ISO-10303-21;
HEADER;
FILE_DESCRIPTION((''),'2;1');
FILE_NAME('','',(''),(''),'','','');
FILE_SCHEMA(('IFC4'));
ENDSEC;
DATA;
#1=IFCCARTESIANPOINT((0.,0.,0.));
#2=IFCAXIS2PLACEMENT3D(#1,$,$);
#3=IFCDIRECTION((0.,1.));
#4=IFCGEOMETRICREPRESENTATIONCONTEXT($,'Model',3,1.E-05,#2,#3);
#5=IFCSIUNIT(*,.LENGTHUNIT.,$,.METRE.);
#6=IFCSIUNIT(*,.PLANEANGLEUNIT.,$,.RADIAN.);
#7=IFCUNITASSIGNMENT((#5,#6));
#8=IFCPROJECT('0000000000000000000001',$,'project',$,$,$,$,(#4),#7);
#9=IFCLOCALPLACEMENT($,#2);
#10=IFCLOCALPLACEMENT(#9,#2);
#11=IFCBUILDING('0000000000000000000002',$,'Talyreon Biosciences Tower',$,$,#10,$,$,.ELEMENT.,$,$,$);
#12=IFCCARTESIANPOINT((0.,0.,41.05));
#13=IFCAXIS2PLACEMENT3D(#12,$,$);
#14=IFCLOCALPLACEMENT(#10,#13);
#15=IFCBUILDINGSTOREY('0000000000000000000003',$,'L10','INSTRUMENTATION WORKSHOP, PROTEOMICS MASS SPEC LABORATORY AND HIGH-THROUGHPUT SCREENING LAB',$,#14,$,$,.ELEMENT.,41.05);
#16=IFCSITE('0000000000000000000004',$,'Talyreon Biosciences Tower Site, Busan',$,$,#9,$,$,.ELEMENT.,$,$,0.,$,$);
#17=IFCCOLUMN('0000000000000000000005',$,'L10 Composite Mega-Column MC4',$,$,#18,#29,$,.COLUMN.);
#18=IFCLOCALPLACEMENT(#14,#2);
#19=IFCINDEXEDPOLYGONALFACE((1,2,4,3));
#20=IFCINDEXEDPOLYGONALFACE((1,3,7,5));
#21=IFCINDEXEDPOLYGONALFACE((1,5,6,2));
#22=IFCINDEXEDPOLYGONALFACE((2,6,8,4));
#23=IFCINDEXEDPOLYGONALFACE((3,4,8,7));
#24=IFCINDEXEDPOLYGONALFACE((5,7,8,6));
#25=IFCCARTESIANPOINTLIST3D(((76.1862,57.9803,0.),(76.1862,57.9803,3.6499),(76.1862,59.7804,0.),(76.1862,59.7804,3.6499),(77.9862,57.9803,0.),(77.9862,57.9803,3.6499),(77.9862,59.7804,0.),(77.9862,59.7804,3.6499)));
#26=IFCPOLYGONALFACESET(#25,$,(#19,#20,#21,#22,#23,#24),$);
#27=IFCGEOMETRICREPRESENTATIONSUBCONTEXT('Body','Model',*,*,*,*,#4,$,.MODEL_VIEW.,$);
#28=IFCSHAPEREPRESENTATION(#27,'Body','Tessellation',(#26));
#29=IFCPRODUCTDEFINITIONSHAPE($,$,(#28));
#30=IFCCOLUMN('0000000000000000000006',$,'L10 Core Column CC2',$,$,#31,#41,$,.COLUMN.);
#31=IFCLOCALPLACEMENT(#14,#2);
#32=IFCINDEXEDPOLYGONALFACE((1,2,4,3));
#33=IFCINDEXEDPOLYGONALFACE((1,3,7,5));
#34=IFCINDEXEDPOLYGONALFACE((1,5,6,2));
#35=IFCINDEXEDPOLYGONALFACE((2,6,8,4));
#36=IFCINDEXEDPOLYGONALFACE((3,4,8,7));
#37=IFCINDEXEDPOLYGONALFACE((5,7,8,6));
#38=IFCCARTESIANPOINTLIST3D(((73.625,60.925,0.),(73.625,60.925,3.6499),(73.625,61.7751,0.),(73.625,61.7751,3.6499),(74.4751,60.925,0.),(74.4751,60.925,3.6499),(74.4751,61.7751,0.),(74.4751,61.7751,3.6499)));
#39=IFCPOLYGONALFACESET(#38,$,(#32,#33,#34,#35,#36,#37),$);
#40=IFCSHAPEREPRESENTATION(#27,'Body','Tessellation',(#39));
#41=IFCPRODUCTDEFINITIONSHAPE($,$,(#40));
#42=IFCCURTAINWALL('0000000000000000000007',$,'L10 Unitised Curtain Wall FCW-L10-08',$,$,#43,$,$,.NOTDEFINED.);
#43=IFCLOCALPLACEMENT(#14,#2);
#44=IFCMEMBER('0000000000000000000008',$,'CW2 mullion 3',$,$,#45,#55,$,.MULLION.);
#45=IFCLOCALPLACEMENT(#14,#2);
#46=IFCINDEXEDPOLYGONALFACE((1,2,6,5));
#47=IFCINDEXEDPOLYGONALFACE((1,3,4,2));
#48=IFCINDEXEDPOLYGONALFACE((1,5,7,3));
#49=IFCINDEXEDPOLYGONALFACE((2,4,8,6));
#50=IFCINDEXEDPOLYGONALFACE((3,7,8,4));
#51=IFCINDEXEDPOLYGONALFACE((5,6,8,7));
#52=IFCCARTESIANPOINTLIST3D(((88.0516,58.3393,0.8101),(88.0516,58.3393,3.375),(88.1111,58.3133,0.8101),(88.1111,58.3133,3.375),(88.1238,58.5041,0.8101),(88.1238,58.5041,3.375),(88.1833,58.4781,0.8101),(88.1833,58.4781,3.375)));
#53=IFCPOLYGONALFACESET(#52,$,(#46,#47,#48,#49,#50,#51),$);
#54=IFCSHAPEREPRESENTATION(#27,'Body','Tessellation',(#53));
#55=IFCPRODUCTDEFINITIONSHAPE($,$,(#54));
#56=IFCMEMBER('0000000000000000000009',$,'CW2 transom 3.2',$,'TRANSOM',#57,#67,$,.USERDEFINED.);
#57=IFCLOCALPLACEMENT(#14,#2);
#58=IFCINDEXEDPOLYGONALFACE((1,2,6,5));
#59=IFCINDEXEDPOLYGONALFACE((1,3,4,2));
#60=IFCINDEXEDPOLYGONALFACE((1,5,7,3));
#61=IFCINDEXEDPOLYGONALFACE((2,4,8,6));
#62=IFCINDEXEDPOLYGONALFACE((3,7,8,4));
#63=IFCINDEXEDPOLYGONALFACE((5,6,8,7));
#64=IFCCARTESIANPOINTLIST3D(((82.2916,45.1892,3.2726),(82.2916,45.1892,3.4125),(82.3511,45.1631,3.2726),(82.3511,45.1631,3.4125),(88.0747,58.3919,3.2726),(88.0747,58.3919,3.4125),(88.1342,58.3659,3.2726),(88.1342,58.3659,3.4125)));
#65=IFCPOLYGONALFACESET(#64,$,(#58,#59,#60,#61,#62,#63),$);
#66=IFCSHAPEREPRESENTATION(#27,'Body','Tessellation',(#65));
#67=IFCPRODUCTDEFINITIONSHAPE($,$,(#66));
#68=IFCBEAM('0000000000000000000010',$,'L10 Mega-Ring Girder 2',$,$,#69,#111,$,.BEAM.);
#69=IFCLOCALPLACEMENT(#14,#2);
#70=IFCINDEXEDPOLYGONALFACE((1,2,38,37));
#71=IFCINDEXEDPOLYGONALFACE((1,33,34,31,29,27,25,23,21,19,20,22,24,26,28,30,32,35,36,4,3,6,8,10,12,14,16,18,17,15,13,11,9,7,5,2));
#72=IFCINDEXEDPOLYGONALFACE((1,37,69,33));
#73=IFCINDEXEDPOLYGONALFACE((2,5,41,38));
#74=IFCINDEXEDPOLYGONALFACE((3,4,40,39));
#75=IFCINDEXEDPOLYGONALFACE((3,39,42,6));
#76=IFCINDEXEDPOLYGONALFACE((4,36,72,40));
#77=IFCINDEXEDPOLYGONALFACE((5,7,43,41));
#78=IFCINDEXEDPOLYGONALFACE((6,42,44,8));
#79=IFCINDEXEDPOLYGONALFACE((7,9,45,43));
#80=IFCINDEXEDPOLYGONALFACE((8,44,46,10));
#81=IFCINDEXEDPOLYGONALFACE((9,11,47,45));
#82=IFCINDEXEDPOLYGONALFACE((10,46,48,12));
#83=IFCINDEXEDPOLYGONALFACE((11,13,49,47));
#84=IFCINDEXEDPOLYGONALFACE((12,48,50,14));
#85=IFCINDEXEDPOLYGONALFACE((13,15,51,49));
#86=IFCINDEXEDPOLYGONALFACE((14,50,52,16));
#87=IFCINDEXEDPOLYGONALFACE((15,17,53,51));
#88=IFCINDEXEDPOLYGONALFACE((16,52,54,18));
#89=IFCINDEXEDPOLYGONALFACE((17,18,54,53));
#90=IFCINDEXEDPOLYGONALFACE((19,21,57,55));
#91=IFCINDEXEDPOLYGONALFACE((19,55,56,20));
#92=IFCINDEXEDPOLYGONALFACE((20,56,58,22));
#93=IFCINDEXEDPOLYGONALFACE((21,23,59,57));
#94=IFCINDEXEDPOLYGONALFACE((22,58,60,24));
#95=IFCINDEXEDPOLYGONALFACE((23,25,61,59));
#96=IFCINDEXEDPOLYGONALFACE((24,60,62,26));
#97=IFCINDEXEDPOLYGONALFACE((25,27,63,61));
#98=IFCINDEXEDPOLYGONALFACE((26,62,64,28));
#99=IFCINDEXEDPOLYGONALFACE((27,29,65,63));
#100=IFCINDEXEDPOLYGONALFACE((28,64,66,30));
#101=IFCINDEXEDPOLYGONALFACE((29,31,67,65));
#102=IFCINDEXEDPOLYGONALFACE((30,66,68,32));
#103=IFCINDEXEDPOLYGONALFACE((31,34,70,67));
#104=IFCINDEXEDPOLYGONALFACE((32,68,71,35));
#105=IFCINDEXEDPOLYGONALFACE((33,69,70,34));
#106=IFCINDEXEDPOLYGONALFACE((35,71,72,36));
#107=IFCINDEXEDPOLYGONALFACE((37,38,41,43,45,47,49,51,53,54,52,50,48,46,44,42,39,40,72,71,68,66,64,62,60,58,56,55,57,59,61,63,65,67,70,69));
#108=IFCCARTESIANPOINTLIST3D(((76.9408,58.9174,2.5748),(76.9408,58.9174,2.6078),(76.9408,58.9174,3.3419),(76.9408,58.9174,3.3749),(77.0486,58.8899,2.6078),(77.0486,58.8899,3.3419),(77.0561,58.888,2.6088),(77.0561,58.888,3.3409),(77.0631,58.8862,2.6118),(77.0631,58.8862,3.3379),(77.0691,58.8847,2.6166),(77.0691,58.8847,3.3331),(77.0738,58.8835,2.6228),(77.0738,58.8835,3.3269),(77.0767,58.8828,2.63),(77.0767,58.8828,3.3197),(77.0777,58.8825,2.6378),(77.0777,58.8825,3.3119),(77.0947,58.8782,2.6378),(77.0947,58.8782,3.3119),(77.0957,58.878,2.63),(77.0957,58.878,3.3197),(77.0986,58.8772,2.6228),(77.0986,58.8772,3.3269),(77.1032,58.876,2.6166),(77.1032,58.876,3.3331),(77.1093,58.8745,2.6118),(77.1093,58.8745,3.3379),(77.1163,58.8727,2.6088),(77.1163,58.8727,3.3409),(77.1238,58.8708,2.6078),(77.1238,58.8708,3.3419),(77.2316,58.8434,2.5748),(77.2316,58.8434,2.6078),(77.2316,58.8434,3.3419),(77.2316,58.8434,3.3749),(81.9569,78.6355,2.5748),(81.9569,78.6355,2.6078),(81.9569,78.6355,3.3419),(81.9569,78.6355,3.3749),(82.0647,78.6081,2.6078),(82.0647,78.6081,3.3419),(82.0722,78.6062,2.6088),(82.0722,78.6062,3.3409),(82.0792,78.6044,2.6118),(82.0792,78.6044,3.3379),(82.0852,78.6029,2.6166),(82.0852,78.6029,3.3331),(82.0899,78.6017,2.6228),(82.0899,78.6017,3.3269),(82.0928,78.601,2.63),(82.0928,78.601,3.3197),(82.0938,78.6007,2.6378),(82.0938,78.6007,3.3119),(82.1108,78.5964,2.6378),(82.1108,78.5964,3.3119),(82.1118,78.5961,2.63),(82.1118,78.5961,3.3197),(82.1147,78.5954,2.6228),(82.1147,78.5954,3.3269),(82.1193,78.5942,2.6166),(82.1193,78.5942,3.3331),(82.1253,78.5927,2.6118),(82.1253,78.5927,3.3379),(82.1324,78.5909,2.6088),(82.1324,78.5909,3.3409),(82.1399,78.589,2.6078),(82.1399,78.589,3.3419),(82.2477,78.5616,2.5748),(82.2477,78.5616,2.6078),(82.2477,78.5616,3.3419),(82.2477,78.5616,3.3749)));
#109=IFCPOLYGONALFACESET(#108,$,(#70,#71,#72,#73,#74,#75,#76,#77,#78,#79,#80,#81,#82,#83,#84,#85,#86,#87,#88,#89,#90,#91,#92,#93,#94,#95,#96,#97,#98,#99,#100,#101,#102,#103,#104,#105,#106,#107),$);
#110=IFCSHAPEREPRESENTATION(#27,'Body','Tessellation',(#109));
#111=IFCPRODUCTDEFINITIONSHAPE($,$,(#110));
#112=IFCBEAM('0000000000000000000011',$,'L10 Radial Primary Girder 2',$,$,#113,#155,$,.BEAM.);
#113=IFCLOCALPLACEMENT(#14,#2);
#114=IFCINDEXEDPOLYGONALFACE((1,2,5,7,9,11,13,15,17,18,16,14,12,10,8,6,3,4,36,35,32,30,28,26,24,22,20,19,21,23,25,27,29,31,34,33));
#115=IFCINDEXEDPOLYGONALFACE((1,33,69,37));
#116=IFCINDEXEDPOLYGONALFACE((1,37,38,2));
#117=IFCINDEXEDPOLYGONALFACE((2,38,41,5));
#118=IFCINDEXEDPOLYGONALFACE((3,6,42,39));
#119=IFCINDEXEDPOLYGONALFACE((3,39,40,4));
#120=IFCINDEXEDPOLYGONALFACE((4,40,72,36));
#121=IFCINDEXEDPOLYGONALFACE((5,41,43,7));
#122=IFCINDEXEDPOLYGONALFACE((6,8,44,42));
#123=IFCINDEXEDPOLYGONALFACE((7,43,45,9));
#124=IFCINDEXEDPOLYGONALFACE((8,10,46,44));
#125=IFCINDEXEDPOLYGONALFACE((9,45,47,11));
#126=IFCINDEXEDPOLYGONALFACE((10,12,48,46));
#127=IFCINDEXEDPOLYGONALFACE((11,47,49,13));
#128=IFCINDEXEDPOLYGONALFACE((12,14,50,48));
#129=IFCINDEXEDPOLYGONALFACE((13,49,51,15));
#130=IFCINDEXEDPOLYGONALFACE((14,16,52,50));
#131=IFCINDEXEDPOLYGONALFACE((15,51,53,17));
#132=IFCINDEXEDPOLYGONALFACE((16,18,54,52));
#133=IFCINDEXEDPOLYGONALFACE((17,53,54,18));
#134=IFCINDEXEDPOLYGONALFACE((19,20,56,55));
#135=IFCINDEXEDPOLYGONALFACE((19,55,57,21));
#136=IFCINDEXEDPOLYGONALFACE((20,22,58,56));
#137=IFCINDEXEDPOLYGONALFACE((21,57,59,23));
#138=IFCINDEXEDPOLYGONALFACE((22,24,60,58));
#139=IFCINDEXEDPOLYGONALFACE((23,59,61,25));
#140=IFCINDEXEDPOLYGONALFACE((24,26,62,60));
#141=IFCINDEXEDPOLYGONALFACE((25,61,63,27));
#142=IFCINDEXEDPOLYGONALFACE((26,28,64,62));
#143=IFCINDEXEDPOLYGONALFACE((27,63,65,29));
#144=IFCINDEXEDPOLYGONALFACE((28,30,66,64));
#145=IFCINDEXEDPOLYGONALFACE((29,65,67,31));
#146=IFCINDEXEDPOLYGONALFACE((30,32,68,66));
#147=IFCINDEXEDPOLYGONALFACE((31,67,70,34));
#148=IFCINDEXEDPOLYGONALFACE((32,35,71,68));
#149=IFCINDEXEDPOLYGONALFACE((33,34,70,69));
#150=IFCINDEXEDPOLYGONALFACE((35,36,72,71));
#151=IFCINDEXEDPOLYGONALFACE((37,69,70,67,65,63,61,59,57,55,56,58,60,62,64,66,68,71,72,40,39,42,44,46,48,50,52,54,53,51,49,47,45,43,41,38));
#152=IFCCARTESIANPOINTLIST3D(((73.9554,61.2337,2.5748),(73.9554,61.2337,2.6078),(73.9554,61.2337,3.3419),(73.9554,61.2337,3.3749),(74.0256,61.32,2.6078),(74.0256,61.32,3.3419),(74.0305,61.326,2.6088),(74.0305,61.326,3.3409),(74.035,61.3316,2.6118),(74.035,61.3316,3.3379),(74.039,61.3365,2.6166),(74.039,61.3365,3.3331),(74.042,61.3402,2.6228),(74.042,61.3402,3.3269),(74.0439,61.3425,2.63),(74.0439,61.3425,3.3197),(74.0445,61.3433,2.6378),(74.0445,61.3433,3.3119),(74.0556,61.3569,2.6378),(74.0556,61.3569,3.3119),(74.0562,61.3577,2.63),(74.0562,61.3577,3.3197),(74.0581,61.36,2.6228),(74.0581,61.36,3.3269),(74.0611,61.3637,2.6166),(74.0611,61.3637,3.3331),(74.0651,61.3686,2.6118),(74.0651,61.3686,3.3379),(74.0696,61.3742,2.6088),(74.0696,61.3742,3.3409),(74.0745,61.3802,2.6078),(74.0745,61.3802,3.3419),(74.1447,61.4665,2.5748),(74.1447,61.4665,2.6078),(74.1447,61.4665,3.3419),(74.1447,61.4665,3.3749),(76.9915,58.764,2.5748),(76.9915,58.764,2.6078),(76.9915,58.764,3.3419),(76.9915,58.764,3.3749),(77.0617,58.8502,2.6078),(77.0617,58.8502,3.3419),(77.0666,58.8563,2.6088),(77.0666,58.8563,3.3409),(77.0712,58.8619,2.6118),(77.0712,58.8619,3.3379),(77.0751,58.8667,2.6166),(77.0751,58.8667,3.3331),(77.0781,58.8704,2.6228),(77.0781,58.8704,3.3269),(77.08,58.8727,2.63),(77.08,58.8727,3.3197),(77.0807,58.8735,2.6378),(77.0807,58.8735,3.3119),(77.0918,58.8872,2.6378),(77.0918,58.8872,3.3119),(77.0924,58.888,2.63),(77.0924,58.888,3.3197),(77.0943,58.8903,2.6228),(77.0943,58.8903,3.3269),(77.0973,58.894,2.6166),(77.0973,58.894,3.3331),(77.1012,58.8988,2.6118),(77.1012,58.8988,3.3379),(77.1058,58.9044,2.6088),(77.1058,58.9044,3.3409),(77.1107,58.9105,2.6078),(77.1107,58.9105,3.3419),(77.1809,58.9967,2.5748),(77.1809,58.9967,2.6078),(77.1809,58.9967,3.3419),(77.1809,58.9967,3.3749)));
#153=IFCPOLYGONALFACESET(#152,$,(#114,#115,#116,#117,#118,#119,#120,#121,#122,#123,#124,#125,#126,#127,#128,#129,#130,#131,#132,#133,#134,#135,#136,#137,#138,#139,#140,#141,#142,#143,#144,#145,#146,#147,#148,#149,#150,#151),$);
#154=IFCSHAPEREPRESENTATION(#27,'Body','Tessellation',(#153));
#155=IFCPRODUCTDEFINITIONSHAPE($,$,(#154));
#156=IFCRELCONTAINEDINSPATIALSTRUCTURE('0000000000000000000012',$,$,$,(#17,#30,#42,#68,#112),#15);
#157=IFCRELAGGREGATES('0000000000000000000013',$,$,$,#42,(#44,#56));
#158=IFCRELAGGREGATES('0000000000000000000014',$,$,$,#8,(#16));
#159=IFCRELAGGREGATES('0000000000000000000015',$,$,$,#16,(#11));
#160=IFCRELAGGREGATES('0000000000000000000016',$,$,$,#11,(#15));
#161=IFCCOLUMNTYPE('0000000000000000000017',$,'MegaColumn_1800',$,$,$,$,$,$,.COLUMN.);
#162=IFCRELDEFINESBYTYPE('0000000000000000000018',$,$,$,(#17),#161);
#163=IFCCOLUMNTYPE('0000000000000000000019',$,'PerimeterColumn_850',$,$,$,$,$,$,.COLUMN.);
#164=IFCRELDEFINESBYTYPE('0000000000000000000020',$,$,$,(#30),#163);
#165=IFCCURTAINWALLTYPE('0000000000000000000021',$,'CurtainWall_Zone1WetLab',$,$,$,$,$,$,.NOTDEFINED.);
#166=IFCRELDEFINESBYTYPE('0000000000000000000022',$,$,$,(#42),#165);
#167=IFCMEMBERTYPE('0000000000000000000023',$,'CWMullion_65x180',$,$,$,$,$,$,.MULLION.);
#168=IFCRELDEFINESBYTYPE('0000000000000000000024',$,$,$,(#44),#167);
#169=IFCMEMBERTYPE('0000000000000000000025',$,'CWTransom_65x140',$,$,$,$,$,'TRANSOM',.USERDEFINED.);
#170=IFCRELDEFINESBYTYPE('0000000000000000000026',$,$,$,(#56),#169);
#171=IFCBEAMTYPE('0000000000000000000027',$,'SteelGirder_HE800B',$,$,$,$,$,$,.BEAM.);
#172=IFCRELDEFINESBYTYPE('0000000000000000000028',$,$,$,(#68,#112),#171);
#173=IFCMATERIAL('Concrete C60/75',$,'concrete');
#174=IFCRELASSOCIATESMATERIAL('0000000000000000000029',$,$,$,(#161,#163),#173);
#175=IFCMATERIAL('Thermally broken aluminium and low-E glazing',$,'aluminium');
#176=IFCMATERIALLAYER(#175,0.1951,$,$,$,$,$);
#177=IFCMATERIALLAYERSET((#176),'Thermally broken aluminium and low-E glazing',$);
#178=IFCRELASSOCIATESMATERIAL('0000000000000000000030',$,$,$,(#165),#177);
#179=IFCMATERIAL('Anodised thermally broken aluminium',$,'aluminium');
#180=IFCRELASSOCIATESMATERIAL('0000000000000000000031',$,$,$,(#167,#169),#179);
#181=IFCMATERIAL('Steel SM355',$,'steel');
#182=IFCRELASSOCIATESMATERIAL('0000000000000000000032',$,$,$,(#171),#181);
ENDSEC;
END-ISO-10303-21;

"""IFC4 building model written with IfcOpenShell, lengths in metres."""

from ifc_helpers import new_model, si_unit, direction, frame, origin, origin_2d, place, context, subcontext, project, spatial, rectangle, i_section, extrude, material, layer, layer_set, material_profile, profile_set, type_object, element, aggregate, save


model = new_model("IFC4")

# Units and contexts
model_context = context("Model", 3, precision=1e-05, world=origin(), true_north=direction((0.0, 1.0)))
body_context = subcontext(model_context, "Body", "Model", "MODEL_VIEW")
ifc_project = project(units=[si_unit("LENGTHUNIT", "METRE"), si_unit("PLANEANGLEUNIT", "RADIAN")], contexts=[model_context])

# Site, building, storey
site_placement = place(None, origin())
site = spatial("IfcSite", under=ifc_project, at=site_placement, Name="Talyreon Biosciences Tower Site, Busan", CompositionType="ELEMENT", RefElevation=0.0)
building_placement = place(site_placement, origin())
building = spatial("IfcBuilding", under=site, at=building_placement, Name="Talyreon Biosciences Tower", CompositionType="ELEMENT")
storey_placement = place(building_placement, frame((0.0, 0.0, 41.05)))
storey = spatial("IfcBuildingStorey", under=building, at=storey_placement, Name="L10", Description="INSTRUMENTATION WORKSHOP, PROTEOMICS MASS SPEC LABORATORY AND HIGH-THROUGHPUT SCREENING LAB", CompositionType="ELEMENT", Elevation=41.05)

# Columns
ifc_material_1 = material(Name="Concrete C60/75", Category="concrete")
ifc_material_profile_1 = material_profile(ifc_material_1, rectangle(XDim=1.8, YDim=1.8, at=origin_2d()), Name="RC 1800x1800")
ifc_profile_set_1 = profile_set([ifc_material_profile_1], Name="Concrete C60/75")
column_type_1 = type_object("IfcColumnType", Name="MegaColumn_1800", PredefinedType="COLUMN", material=ifc_profile_set_1)
column_1_placement = place(storey_placement, frame((77.0862, 58.8804, 0.0), z_axis=(0.0, 0.0, 1.0), x_axis=(1.0, 0.0, 0.0)))
element("IfcColumn", 1, at=column_1_placement, inside=storey, type_object=column_type_1, Name="L10 Composite Mega-Column MC4", PredefinedType="COLUMN", context=body_context, shape_type="SweptSolid", body=[
    extrude(rectangle(XDim=1.8, YDim=1.8, at=origin_2d()), origin(), (0.0, 0.0, 1.0), 3.6499),
])
ifc_material_profile_2 = material_profile(ifc_material_1, rectangle(XDim=0.8501, YDim=0.8501, at=origin_2d()), Name="RC 850x850")
ifc_profile_set_2 = profile_set([ifc_material_profile_2], Name="Concrete C60/75")
column_type_2 = type_object("IfcColumnType", Name="PerimeterColumn_850", PredefinedType="COLUMN", material=ifc_profile_set_2)
column_2_placement = place(storey_placement, frame((74.05, 61.3501, 0.0), z_axis=(0.0, 0.0, 1.0), x_axis=(1.0, 0.0, 0.0)))
element("IfcColumn", 2, at=column_2_placement, inside=storey, type_object=column_type_2, Name="L10 Core Column CC2", PredefinedType="COLUMN", context=body_context, shape_type="SweptSolid", body=[
    extrude(rectangle(XDim=0.8501, YDim=0.8501, at=origin_2d()), origin(), (0.0, 0.0, 1.0), 3.6499),
])

# Curtain wall, members
ifc_material_2 = material(Name="Thermally broken aluminium and low-E glazing", Category="aluminium")
ifc_layer_1 = layer(ifc_material_2, 0.1951)
ifc_layer_set_1 = layer_set([ifc_layer_1], Name="Thermally broken aluminium and low-E glazing")
curtain_wall_type = type_object("IfcCurtainWallType", Name="CurtainWall_Zone1WetLab", PredefinedType="NOTDEFINED", material=ifc_layer_set_1)
curtain_wall_placement = place(storey_placement, origin())
curtain_wall = element("IfcCurtainWall", 3, at=curtain_wall_placement, inside=storey, type_object=curtain_wall_type, Name="L10 Unitised Curtain Wall FCW-L10-08", PredefinedType="NOTDEFINED")
ifc_material_3 = material(Name="Anodised thermally broken aluminium", Category="aluminium")
ifc_material_profile_3 = material_profile(ifc_material_3, rectangle(XDim=0.0649, YDim=0.1799, at=origin_2d()), Name="ALUM MULLION 65x180")
ifc_profile_set_3 = profile_set([ifc_material_profile_3], Name="Anodised thermally broken aluminium")
member_type_1 = type_object("IfcMemberType", Name="CWMullion_65x180", PredefinedType="MULLION", material=ifc_profile_set_3)
member_1_placement = place(storey_placement, frame((88.1174, 58.4087, 0.8101), z_axis=(0.0, 0.0, 1.0), x_axis=(0.91598, -0.401223, 0.0)))
member_1 = element("IfcMember", 4, at=member_1_placement, type_object=member_type_1, Name="CW2 mullion 3", PredefinedType="MULLION", context=body_context, shape_type="SweptSolid", body=[
    extrude(rectangle(XDim=0.0649, YDim=0.1799, at=origin_2d()), origin(), (0.0, 0.0, 1.0), 2.5649),
])
ifc_material_profile_4 = material_profile(ifc_material_3, rectangle(XDim=0.0649, YDim=0.1399, at=origin_2d()), Name="ALUM TRANSOM 65x140")
ifc_profile_set_4 = profile_set([ifc_material_profile_4], Name="Anodised thermally broken aluminium")
member_type_2 = type_object("IfcMemberType", Name="CWTransom_65x140", ElementType="TRANSOM", PredefinedType="USERDEFINED", material=ifc_profile_set_4)
member_2_placement = place(storey_placement, frame((88.1045, 58.3789, 3.3425), z_axis=(-0.401223, -0.91598, 0.0), x_axis=(0.91598, -0.401223, 0.0)))
member_2 = element("IfcMember", 5, at=member_2_placement, type_object=member_type_2, Name="CW2 transom 3.2", ObjectType="TRANSOM", PredefinedType="USERDEFINED", context=body_context, shape_type="SweptSolid", body=[
    extrude(rectangle(XDim=0.0649, YDim=0.1399, at=origin_2d()), origin(), (0.0, 0.0, 1.0), 14.4138),
])

# Beams
ifc_material_4 = material(Name="Steel SM355", Category="steel")
ifc_material_profile_5 = material_profile(ifc_material_4, i_section(OverallWidth=0.3, OverallDepth=0.8, WebThickness=0.0176, FlangeThickness=0.033, FilletRadius=0.03, at=origin_2d()), Name="HE800B")
ifc_profile_set_5 = profile_set([ifc_material_profile_5], Name="Steel SM355")
beam_type_1 = type_object("IfcBeamType", Name="SteelGirder_HE800B", PredefinedType="BEAM", material=ifc_profile_set_5)
beam_1_placement = place(storey_placement, frame((77.0862, 58.8804, 2.9749), z_axis=(0.246537, 0.969133, 0.0), x_axis=(-0.969133, 0.246537, 0.0)))
element("IfcBeam", 6, at=beam_1_placement, inside=storey, type_object=beam_type_1, Name="L10 Mega-Ring Girder 2", PredefinedType="BEAM", context=body_context, shape_type="SweptSolid", body=[
    extrude(i_section(OverallWidth=0.3, OverallDepth=0.8, WebThickness=0.0176, FlangeThickness=0.033, FilletRadius=0.03, at=origin_2d()), origin(), (0.0, 0.0, 1.0), 20.3462),
])
beam_2_placement = place(storey_placement, frame((74.05, 61.3501, 2.9749), z_axis=(0.775755, -0.631034, 0.0), x_axis=(0.631034, 0.775755, 0.0)))
element("IfcBeam", 7, at=beam_2_placement, inside=storey, type_object=beam_type_1, Name="L10 Radial Primary Girder 2", PredefinedType="BEAM", context=body_context, shape_type="SweptSolid", body=[
    extrude(i_section(OverallWidth=0.3, OverallDepth=0.8, WebThickness=0.0176, FlangeThickness=0.033, FilletRadius=0.03, at=origin_2d()), origin(), (0.0, 0.0, 1.0), 3.9138),
])

aggregate(curtain_wall, [member_1, member_2])

save(model, "model.ifc")
